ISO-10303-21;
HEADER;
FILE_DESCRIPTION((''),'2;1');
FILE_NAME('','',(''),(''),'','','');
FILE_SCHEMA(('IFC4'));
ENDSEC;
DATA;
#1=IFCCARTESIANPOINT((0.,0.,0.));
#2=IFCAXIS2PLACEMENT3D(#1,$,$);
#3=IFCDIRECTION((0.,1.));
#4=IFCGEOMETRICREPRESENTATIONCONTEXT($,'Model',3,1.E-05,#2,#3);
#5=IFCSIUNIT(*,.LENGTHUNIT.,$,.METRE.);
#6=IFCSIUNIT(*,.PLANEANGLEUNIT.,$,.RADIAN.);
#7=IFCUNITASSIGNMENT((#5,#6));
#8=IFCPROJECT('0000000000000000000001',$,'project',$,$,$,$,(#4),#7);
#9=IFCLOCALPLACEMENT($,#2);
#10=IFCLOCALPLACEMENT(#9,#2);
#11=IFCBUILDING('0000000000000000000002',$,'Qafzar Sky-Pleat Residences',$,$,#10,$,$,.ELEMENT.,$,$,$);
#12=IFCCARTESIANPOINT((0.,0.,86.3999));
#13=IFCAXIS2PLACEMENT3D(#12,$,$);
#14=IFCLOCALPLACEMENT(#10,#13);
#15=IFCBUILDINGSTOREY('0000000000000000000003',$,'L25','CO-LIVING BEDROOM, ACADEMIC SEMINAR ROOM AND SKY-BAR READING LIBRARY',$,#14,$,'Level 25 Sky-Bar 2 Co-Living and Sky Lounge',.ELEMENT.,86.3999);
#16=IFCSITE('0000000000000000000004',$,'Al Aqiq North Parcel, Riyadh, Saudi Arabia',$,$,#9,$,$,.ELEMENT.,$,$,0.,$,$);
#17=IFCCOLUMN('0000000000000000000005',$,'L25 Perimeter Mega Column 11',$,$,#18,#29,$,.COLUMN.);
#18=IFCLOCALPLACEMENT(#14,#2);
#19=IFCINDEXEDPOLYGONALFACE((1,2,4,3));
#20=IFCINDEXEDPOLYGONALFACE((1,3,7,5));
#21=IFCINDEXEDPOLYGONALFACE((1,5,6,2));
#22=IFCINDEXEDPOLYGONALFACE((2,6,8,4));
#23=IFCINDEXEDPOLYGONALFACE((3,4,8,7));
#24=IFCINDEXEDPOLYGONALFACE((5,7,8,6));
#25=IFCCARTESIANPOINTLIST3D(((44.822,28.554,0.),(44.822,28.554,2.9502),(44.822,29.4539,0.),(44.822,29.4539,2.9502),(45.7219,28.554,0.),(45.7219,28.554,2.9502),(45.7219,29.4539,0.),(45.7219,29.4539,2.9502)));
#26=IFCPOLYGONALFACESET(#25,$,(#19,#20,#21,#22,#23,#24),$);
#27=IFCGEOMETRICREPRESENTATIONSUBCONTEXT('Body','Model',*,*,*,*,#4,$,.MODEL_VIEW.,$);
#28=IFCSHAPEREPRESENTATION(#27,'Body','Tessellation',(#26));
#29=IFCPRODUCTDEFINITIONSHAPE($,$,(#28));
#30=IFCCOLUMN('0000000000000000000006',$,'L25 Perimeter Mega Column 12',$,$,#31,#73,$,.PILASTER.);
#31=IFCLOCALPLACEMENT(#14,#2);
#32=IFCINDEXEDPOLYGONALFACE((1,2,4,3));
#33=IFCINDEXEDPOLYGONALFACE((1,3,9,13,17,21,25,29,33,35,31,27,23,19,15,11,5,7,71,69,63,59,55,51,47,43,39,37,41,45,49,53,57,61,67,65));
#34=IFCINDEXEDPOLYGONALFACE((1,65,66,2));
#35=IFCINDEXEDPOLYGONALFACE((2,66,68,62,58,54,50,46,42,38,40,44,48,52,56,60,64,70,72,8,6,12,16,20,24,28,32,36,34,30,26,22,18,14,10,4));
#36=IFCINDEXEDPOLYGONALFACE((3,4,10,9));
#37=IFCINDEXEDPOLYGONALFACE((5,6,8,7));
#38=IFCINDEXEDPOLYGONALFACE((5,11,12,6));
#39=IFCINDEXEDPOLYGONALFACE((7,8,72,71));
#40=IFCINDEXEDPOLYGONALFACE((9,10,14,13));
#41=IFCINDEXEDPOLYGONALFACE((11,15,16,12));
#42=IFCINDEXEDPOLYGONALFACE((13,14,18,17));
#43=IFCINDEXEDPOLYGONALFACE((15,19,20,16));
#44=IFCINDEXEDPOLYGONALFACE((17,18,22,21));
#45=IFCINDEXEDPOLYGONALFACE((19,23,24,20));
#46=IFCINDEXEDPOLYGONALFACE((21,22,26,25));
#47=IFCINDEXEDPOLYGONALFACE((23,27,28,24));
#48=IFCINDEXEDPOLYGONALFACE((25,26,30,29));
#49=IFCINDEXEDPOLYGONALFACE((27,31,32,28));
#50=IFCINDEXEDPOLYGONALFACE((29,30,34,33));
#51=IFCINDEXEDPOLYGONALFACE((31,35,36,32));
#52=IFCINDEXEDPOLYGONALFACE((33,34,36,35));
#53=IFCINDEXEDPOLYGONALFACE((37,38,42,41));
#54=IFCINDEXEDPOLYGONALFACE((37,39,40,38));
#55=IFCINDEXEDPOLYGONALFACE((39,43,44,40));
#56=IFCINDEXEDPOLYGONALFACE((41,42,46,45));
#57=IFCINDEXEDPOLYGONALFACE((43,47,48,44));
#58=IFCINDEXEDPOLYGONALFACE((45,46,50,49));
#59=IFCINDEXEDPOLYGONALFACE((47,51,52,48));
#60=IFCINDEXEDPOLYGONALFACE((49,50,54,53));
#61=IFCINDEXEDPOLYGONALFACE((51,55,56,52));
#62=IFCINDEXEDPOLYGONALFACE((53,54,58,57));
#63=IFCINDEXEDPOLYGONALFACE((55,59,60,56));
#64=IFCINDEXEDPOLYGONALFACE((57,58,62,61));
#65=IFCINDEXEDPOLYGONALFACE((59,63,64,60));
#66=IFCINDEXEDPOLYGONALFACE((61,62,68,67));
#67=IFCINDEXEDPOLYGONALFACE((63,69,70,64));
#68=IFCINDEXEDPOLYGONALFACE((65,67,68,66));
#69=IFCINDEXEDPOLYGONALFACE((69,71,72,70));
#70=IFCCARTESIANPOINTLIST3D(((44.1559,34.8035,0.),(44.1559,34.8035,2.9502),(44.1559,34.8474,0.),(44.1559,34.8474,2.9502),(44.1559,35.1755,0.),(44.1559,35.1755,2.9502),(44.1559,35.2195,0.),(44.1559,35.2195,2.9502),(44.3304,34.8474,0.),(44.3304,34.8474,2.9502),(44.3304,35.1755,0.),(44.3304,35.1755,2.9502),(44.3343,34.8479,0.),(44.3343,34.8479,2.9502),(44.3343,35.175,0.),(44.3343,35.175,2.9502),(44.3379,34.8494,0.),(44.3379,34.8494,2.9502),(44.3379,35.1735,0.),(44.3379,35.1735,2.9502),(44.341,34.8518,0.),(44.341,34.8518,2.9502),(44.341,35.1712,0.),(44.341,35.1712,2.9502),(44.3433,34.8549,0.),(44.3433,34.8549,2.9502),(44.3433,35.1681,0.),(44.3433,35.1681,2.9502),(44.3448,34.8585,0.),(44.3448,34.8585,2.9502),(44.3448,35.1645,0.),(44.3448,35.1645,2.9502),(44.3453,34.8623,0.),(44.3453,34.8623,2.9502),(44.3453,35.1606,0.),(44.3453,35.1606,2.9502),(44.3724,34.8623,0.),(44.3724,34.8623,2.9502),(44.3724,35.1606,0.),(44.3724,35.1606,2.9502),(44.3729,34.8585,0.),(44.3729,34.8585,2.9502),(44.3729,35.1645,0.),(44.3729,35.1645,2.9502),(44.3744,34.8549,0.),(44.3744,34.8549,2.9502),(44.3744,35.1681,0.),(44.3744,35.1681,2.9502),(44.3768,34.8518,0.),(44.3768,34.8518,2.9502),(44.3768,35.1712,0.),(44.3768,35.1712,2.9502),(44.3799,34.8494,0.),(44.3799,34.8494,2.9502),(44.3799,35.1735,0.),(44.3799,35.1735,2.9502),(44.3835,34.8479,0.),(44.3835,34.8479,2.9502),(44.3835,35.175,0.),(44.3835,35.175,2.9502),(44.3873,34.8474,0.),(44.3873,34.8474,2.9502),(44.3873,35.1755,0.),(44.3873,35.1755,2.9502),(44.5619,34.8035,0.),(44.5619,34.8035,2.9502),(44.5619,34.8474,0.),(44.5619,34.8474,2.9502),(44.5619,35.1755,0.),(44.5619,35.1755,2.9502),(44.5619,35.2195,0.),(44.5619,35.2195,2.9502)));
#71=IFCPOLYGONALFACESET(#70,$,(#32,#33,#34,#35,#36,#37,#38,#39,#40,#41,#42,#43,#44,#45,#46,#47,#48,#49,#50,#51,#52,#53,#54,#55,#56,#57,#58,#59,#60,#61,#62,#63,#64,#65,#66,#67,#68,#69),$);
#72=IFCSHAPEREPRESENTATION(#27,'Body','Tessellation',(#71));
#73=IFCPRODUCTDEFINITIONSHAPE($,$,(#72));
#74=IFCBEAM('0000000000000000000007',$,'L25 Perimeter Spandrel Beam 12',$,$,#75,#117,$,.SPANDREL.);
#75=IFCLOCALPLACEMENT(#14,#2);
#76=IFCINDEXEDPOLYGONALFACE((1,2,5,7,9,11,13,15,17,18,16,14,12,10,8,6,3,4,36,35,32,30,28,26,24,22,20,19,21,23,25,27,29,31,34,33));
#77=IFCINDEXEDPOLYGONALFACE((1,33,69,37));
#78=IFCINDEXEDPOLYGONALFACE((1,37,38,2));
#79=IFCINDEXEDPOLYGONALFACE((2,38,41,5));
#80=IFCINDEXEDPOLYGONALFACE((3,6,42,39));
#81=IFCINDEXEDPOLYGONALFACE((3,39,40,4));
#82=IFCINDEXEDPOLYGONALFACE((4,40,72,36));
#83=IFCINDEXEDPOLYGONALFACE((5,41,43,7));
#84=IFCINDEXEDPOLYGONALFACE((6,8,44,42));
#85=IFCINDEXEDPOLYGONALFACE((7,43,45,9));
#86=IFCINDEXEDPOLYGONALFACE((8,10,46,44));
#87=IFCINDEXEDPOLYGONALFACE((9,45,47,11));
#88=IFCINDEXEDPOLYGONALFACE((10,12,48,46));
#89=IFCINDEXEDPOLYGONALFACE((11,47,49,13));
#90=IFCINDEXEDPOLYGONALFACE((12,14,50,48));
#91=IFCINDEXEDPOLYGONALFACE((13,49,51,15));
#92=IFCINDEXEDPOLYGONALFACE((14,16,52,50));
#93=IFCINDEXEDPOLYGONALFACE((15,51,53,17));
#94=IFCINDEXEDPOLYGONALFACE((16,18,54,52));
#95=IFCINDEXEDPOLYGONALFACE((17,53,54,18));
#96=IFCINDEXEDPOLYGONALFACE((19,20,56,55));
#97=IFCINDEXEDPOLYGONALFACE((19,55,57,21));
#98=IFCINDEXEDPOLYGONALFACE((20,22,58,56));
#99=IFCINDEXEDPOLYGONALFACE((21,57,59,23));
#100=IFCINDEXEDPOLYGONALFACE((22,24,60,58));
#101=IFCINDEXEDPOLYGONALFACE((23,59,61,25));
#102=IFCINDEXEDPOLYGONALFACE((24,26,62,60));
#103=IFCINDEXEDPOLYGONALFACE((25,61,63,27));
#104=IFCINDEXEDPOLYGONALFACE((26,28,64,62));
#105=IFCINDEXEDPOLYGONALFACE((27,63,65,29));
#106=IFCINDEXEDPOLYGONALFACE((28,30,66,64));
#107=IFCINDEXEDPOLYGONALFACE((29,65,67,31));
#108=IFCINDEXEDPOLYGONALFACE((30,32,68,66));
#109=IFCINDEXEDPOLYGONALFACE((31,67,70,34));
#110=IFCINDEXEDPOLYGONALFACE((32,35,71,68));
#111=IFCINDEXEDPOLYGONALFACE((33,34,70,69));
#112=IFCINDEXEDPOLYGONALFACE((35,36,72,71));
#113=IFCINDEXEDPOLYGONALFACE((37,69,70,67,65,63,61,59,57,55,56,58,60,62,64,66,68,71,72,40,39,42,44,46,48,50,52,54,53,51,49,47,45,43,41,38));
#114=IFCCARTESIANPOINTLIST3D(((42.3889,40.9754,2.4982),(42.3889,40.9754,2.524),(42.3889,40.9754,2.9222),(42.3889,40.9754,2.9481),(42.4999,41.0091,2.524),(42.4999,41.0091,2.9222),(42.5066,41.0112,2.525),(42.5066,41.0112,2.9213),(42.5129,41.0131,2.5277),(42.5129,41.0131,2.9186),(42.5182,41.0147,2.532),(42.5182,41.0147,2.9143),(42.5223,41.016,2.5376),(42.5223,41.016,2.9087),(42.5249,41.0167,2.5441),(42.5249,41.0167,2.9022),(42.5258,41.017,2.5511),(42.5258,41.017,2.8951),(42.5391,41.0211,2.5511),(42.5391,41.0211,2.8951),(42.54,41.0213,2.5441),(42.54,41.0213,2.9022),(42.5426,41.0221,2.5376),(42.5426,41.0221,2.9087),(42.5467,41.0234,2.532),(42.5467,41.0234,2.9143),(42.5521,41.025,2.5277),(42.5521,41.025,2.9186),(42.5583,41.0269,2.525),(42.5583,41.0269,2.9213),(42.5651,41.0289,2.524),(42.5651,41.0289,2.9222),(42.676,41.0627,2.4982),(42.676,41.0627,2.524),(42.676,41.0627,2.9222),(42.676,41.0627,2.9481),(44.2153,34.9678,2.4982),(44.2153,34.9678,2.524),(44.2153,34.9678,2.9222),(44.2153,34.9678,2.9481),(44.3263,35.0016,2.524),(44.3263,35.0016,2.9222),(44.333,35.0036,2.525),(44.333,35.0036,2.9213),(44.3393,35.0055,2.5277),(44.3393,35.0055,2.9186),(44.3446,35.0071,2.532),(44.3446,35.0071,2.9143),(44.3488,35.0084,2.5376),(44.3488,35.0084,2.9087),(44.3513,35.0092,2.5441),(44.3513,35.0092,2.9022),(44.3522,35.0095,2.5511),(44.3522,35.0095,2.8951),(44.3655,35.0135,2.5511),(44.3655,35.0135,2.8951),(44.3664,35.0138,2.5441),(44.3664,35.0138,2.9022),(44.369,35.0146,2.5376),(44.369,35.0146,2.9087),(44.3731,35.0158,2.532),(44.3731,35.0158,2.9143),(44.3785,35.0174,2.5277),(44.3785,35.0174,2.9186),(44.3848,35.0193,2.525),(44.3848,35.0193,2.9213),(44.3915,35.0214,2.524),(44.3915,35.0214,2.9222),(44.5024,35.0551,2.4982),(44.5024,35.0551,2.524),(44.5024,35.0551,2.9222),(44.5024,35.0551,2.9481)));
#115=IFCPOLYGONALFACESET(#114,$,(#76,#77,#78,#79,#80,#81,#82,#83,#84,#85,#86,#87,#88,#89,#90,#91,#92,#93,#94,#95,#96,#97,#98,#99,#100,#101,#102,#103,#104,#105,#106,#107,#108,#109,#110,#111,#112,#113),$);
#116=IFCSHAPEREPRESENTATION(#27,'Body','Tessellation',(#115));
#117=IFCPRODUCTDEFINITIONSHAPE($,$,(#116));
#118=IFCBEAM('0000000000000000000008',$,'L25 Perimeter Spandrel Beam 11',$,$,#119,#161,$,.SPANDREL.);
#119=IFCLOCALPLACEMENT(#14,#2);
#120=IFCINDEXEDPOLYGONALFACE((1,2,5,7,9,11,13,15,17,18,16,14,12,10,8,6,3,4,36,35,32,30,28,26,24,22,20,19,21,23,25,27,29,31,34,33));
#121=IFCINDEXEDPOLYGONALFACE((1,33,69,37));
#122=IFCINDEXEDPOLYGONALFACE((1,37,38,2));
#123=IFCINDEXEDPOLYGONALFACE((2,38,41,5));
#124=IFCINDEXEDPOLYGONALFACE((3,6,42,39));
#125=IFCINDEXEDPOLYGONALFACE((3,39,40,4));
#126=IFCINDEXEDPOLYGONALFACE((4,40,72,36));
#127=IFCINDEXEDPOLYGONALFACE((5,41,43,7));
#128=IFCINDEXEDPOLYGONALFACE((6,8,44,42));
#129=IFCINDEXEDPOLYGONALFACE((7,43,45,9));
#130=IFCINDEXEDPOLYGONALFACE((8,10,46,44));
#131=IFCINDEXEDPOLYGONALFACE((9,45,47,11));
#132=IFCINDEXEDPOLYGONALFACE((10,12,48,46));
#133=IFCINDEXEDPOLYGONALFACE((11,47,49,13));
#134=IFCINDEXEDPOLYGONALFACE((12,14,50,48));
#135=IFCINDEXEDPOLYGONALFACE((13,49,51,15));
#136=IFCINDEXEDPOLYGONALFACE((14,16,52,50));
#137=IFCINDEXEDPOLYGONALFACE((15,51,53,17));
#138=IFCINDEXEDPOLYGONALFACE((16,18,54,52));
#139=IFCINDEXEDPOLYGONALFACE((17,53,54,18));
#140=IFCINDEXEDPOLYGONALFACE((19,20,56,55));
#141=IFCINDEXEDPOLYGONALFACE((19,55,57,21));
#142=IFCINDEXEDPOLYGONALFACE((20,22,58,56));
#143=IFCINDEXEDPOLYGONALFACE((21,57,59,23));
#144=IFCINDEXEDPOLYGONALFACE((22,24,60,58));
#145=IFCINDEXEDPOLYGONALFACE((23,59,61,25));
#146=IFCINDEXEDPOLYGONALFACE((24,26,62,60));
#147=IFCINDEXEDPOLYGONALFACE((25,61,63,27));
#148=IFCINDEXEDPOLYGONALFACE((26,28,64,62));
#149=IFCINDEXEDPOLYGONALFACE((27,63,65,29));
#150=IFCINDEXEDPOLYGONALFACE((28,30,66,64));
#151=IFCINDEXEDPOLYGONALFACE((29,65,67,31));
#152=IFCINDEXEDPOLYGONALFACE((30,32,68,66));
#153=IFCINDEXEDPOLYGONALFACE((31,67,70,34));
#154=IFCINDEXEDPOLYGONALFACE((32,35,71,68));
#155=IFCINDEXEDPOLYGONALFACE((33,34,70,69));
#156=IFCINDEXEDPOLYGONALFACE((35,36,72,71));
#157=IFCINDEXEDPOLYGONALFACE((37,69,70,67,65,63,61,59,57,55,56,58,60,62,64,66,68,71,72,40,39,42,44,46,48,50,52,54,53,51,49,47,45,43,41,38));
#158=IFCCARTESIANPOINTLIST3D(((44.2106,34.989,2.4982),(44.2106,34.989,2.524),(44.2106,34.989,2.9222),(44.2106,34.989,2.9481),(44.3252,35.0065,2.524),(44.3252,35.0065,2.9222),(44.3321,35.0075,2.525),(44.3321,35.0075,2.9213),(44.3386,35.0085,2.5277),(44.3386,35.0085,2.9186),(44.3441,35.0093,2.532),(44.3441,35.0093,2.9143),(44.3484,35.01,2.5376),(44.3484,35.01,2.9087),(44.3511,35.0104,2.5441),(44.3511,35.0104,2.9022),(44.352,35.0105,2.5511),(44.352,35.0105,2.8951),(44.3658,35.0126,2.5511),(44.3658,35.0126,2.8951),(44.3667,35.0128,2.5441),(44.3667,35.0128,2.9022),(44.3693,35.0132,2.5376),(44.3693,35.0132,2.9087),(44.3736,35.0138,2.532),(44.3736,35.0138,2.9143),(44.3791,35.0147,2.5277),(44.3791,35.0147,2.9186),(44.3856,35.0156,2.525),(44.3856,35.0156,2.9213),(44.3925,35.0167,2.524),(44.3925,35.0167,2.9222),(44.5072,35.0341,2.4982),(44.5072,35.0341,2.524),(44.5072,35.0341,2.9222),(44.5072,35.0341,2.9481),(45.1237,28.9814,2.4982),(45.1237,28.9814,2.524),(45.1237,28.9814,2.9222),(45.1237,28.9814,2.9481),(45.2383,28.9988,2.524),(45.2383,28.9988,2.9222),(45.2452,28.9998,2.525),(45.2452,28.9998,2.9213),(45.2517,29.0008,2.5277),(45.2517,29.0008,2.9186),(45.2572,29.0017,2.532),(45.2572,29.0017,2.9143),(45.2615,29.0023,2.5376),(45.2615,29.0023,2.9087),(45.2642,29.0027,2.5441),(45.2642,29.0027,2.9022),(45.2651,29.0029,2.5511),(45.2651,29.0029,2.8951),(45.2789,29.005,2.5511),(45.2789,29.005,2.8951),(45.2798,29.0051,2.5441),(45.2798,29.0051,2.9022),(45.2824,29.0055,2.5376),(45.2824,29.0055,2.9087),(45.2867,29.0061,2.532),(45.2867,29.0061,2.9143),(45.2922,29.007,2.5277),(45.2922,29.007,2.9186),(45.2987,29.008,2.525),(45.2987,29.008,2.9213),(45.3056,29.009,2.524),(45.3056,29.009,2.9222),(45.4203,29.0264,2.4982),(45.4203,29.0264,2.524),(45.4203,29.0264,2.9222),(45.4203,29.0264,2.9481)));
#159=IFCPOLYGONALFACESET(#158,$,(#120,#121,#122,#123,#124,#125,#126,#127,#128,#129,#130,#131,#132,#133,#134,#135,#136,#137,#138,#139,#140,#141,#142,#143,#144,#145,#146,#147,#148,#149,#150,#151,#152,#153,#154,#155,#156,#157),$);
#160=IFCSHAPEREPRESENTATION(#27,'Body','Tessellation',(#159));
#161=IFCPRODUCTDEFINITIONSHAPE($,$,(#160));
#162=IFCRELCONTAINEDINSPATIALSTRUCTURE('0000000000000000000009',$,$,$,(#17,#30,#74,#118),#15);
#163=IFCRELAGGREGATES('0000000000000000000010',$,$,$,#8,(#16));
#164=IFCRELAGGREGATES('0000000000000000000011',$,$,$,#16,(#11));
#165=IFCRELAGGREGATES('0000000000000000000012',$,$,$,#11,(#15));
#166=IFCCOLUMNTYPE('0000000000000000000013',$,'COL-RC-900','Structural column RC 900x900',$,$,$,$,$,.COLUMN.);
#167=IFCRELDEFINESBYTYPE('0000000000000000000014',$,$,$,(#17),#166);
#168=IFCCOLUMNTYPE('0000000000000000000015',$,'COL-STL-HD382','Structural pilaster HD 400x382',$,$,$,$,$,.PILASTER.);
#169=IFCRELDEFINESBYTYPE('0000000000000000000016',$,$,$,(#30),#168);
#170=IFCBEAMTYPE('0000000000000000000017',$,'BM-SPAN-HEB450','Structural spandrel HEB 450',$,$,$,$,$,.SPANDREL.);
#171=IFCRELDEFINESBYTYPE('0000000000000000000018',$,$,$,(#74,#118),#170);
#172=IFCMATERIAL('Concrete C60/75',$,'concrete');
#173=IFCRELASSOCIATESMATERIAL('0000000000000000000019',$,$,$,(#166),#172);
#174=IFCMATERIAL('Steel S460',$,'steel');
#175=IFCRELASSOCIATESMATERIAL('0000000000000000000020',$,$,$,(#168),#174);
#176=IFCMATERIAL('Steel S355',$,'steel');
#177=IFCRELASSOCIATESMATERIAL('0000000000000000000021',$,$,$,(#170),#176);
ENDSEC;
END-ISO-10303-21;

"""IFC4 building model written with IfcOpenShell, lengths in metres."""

from ifc_helpers import new_model, si_unit, direction, frame, origin, origin_2d, place, context, subcontext, project, spatial, rectangle, i_section, extrude, source, transform, mapped, material, material_profile, profile_set, type_object, element, save


model = new_model("IFC4")

# Units and contexts
model_context = context("Model", 3, precision=1e-05, world=origin(), true_north=direction((0.0, 1.0)))
body_context = subcontext(model_context, "Body", "Model", "MODEL_VIEW")
ifc_project = project(units=[si_unit("LENGTHUNIT", "METRE"), si_unit("PLANEANGLEUNIT", "RADIAN")], contexts=[model_context])

# Site, building, storey
site_placement = place(None, origin())
site = spatial("IfcSite", under=ifc_project, at=site_placement, Name="Al Aqiq North Parcel, Riyadh, Saudi Arabia", CompositionType="ELEMENT", RefElevation=0.0)
building_placement = place(site_placement, origin())
building = spatial("IfcBuilding", under=site, at=building_placement, Name="Qafzar Sky-Pleat Residences", CompositionType="ELEMENT")
storey_placement = place(building_placement, frame((0.0, 0.0, 86.3999)))
storey = spatial("IfcBuildingStorey", under=building, at=storey_placement, Name="L25", Description="CO-LIVING BEDROOM, ACADEMIC SEMINAR ROOM AND SKY-BAR READING LIBRARY", LongName="Level 25 Sky-Bar 2 Co-Living and Sky Lounge", CompositionType="ELEMENT", Elevation=86.3999)

# Columns
ifc_material_1 = material(Name="Concrete C60/75", Category="concrete")
ifc_material_profile_1 = material_profile(ifc_material_1, rectangle(XDim=0.8999, YDim=0.8999, at=origin_2d()), Name="RC 900x900")
ifc_profile_set_1 = profile_set([ifc_material_profile_1], Name="Concrete C60/75")
column_type_1 = type_object("IfcColumnType", Name="COL-RC-900", Description="Structural column RC 900x900", PredefinedType="COLUMN", material=ifc_profile_set_1)
shared_shape_1 = source(origin(), body_context, "Body", "SweptSolid", [
    extrude(rectangle(XDim=0.8999, YDim=0.8999, at=origin_2d()), origin(), (0.0, 0.0, 1.0), 2.9502),
])
column_1_placement = place(storey_placement, frame((45.272, 29.0039, 0.0), z_axis=(0.0, 0.0, 1.0), x_axis=(1.0, 0.0, 0.0)))
element("IfcColumn", 1, at=column_1_placement, inside=storey, type_object=column_type_1, Name="L25 Perimeter Mega Column 11", PredefinedType="COLUMN", context=body_context, shape_type="MappedRepresentation", body=[
    mapped(shared_shape_1, transform((0.0, 0.0, 0.0), x_axis=(1.0, 0.0, 0.0), y_axis=(0.0, 1.0, 0.0), z_axis=(0.0, 0.0, 1.0), scale=1.0)),
])
ifc_material_2 = material(Name="Steel S460", Category="steel")
ifc_material_profile_2 = material_profile(ifc_material_2, i_section(OverallWidth=0.406, OverallDepth=0.416, WebThickness=0.0271, FlangeThickness=0.0439, FilletRadius=0.0149, at=origin_2d()), Name="HD 400x382")
ifc_profile_set_2 = profile_set([ifc_material_profile_2], Name="Steel S460")
column_type_2 = type_object("IfcColumnType", Name="COL-STL-HD382", Description="Structural pilaster HD 400x382", PredefinedType="PILASTER", material=ifc_profile_set_2)
shared_shape_2 = source(origin(), body_context, "Body", "SweptSolid", [
    extrude(i_section(OverallWidth=0.406, OverallDepth=0.416, WebThickness=0.0271, FlangeThickness=0.0439, FilletRadius=0.0149, at=origin_2d()), origin(), (0.0, 0.0, 1.0), 2.9502),
])
column_2_placement = place(storey_placement, frame((44.3589, 35.0115, 0.0), z_axis=(0.0, 0.0, 1.0), x_axis=(1.0, 0.0, 0.0)))
element("IfcColumn", 2, at=column_2_placement, inside=storey, type_object=column_type_2, Name="L25 Perimeter Mega Column 12", PredefinedType="PILASTER", context=body_context, shape_type="MappedRepresentation", body=[
    mapped(shared_shape_2, transform((0.0, 0.0, 0.0), x_axis=(1.0, 0.0, 0.0), y_axis=(0.0, 1.0, 0.0), z_axis=(0.0, 0.0, 1.0), scale=1.0)),
])

# Beams
ifc_material_3 = material(Name="Steel S355", Category="steel")
ifc_material_profile_3 = material_profile(ifc_material_3, i_section(OverallWidth=0.3, OverallDepth=0.45, WebThickness=0.0139, FlangeThickness=0.0259, FilletRadius=0.0271, at=origin_2d()), Name="HEB 450")
ifc_profile_set_3 = profile_set([ifc_material_profile_3], Name="Steel S355")
beam_type_1 = type_object("IfcBeamType", Name="BM-SPAN-HEB450", Description="Structural spandrel HEB 450", PredefinedType="SPANDREL", material=ifc_profile_set_3)
shared_shape_3 = source(origin(), body_context, "Body", "SweptSolid", [
    extrude(i_section(OverallWidth=0.3, OverallDepth=0.45, WebThickness=0.0139, FlangeThickness=0.0259, FilletRadius=0.0271, at=origin_2d()), origin(), (0.0, 0.0, 1.0), 6.2791),
])
beam_1_placement = place(storey_placement, frame((44.3589, 35.0115, 2.7231), z_axis=(-0.290874, 0.956761, 0.0), x_axis=(-0.956761, -0.290874, 0.0)))
element("IfcBeam", 3, at=beam_1_placement, inside=storey, type_object=beam_type_1, Name="L25 Perimeter Spandrel Beam 12", PredefinedType="SPANDREL", context=body_context, shape_type="MappedRepresentation", body=[
    mapped(shared_shape_3, transform((0.0, 0.0, 0.0), x_axis=(1.0, 0.0, 0.0), y_axis=(0.0, 1.0, 0.0), z_axis=(0.0, 0.0, 1.0), scale=1.0)),
])
shared_shape_4 = source(origin(), body_context, "Body", "SweptSolid", [
    extrude(i_section(OverallWidth=0.3, OverallDepth=0.45, WebThickness=0.0139, FlangeThickness=0.0259, FilletRadius=0.0271, at=origin_2d()), origin(), (0.0, 0.0, 1.0), 6.0767),
])
beam_2_placement = place(storey_placement, frame((45.272, 29.0039, 2.7231), z_axis=(-0.150264, 0.988646, 0.0), x_axis=(-0.988646, -0.150264, 0.0)))
element("IfcBeam", 4, at=beam_2_placement, inside=storey, type_object=beam_type_1, Name="L25 Perimeter Spandrel Beam 11", PredefinedType="SPANDREL", context=body_context, shape_type="MappedRepresentation", body=[
    mapped(shared_shape_4, transform((0.0, 0.0, 0.0), x_axis=(1.0, 0.0, 0.0), y_axis=(0.0, 1.0, 0.0), z_axis=(0.0, 0.0, 1.0), scale=1.0)),
])

save(model, "model.ifc")
